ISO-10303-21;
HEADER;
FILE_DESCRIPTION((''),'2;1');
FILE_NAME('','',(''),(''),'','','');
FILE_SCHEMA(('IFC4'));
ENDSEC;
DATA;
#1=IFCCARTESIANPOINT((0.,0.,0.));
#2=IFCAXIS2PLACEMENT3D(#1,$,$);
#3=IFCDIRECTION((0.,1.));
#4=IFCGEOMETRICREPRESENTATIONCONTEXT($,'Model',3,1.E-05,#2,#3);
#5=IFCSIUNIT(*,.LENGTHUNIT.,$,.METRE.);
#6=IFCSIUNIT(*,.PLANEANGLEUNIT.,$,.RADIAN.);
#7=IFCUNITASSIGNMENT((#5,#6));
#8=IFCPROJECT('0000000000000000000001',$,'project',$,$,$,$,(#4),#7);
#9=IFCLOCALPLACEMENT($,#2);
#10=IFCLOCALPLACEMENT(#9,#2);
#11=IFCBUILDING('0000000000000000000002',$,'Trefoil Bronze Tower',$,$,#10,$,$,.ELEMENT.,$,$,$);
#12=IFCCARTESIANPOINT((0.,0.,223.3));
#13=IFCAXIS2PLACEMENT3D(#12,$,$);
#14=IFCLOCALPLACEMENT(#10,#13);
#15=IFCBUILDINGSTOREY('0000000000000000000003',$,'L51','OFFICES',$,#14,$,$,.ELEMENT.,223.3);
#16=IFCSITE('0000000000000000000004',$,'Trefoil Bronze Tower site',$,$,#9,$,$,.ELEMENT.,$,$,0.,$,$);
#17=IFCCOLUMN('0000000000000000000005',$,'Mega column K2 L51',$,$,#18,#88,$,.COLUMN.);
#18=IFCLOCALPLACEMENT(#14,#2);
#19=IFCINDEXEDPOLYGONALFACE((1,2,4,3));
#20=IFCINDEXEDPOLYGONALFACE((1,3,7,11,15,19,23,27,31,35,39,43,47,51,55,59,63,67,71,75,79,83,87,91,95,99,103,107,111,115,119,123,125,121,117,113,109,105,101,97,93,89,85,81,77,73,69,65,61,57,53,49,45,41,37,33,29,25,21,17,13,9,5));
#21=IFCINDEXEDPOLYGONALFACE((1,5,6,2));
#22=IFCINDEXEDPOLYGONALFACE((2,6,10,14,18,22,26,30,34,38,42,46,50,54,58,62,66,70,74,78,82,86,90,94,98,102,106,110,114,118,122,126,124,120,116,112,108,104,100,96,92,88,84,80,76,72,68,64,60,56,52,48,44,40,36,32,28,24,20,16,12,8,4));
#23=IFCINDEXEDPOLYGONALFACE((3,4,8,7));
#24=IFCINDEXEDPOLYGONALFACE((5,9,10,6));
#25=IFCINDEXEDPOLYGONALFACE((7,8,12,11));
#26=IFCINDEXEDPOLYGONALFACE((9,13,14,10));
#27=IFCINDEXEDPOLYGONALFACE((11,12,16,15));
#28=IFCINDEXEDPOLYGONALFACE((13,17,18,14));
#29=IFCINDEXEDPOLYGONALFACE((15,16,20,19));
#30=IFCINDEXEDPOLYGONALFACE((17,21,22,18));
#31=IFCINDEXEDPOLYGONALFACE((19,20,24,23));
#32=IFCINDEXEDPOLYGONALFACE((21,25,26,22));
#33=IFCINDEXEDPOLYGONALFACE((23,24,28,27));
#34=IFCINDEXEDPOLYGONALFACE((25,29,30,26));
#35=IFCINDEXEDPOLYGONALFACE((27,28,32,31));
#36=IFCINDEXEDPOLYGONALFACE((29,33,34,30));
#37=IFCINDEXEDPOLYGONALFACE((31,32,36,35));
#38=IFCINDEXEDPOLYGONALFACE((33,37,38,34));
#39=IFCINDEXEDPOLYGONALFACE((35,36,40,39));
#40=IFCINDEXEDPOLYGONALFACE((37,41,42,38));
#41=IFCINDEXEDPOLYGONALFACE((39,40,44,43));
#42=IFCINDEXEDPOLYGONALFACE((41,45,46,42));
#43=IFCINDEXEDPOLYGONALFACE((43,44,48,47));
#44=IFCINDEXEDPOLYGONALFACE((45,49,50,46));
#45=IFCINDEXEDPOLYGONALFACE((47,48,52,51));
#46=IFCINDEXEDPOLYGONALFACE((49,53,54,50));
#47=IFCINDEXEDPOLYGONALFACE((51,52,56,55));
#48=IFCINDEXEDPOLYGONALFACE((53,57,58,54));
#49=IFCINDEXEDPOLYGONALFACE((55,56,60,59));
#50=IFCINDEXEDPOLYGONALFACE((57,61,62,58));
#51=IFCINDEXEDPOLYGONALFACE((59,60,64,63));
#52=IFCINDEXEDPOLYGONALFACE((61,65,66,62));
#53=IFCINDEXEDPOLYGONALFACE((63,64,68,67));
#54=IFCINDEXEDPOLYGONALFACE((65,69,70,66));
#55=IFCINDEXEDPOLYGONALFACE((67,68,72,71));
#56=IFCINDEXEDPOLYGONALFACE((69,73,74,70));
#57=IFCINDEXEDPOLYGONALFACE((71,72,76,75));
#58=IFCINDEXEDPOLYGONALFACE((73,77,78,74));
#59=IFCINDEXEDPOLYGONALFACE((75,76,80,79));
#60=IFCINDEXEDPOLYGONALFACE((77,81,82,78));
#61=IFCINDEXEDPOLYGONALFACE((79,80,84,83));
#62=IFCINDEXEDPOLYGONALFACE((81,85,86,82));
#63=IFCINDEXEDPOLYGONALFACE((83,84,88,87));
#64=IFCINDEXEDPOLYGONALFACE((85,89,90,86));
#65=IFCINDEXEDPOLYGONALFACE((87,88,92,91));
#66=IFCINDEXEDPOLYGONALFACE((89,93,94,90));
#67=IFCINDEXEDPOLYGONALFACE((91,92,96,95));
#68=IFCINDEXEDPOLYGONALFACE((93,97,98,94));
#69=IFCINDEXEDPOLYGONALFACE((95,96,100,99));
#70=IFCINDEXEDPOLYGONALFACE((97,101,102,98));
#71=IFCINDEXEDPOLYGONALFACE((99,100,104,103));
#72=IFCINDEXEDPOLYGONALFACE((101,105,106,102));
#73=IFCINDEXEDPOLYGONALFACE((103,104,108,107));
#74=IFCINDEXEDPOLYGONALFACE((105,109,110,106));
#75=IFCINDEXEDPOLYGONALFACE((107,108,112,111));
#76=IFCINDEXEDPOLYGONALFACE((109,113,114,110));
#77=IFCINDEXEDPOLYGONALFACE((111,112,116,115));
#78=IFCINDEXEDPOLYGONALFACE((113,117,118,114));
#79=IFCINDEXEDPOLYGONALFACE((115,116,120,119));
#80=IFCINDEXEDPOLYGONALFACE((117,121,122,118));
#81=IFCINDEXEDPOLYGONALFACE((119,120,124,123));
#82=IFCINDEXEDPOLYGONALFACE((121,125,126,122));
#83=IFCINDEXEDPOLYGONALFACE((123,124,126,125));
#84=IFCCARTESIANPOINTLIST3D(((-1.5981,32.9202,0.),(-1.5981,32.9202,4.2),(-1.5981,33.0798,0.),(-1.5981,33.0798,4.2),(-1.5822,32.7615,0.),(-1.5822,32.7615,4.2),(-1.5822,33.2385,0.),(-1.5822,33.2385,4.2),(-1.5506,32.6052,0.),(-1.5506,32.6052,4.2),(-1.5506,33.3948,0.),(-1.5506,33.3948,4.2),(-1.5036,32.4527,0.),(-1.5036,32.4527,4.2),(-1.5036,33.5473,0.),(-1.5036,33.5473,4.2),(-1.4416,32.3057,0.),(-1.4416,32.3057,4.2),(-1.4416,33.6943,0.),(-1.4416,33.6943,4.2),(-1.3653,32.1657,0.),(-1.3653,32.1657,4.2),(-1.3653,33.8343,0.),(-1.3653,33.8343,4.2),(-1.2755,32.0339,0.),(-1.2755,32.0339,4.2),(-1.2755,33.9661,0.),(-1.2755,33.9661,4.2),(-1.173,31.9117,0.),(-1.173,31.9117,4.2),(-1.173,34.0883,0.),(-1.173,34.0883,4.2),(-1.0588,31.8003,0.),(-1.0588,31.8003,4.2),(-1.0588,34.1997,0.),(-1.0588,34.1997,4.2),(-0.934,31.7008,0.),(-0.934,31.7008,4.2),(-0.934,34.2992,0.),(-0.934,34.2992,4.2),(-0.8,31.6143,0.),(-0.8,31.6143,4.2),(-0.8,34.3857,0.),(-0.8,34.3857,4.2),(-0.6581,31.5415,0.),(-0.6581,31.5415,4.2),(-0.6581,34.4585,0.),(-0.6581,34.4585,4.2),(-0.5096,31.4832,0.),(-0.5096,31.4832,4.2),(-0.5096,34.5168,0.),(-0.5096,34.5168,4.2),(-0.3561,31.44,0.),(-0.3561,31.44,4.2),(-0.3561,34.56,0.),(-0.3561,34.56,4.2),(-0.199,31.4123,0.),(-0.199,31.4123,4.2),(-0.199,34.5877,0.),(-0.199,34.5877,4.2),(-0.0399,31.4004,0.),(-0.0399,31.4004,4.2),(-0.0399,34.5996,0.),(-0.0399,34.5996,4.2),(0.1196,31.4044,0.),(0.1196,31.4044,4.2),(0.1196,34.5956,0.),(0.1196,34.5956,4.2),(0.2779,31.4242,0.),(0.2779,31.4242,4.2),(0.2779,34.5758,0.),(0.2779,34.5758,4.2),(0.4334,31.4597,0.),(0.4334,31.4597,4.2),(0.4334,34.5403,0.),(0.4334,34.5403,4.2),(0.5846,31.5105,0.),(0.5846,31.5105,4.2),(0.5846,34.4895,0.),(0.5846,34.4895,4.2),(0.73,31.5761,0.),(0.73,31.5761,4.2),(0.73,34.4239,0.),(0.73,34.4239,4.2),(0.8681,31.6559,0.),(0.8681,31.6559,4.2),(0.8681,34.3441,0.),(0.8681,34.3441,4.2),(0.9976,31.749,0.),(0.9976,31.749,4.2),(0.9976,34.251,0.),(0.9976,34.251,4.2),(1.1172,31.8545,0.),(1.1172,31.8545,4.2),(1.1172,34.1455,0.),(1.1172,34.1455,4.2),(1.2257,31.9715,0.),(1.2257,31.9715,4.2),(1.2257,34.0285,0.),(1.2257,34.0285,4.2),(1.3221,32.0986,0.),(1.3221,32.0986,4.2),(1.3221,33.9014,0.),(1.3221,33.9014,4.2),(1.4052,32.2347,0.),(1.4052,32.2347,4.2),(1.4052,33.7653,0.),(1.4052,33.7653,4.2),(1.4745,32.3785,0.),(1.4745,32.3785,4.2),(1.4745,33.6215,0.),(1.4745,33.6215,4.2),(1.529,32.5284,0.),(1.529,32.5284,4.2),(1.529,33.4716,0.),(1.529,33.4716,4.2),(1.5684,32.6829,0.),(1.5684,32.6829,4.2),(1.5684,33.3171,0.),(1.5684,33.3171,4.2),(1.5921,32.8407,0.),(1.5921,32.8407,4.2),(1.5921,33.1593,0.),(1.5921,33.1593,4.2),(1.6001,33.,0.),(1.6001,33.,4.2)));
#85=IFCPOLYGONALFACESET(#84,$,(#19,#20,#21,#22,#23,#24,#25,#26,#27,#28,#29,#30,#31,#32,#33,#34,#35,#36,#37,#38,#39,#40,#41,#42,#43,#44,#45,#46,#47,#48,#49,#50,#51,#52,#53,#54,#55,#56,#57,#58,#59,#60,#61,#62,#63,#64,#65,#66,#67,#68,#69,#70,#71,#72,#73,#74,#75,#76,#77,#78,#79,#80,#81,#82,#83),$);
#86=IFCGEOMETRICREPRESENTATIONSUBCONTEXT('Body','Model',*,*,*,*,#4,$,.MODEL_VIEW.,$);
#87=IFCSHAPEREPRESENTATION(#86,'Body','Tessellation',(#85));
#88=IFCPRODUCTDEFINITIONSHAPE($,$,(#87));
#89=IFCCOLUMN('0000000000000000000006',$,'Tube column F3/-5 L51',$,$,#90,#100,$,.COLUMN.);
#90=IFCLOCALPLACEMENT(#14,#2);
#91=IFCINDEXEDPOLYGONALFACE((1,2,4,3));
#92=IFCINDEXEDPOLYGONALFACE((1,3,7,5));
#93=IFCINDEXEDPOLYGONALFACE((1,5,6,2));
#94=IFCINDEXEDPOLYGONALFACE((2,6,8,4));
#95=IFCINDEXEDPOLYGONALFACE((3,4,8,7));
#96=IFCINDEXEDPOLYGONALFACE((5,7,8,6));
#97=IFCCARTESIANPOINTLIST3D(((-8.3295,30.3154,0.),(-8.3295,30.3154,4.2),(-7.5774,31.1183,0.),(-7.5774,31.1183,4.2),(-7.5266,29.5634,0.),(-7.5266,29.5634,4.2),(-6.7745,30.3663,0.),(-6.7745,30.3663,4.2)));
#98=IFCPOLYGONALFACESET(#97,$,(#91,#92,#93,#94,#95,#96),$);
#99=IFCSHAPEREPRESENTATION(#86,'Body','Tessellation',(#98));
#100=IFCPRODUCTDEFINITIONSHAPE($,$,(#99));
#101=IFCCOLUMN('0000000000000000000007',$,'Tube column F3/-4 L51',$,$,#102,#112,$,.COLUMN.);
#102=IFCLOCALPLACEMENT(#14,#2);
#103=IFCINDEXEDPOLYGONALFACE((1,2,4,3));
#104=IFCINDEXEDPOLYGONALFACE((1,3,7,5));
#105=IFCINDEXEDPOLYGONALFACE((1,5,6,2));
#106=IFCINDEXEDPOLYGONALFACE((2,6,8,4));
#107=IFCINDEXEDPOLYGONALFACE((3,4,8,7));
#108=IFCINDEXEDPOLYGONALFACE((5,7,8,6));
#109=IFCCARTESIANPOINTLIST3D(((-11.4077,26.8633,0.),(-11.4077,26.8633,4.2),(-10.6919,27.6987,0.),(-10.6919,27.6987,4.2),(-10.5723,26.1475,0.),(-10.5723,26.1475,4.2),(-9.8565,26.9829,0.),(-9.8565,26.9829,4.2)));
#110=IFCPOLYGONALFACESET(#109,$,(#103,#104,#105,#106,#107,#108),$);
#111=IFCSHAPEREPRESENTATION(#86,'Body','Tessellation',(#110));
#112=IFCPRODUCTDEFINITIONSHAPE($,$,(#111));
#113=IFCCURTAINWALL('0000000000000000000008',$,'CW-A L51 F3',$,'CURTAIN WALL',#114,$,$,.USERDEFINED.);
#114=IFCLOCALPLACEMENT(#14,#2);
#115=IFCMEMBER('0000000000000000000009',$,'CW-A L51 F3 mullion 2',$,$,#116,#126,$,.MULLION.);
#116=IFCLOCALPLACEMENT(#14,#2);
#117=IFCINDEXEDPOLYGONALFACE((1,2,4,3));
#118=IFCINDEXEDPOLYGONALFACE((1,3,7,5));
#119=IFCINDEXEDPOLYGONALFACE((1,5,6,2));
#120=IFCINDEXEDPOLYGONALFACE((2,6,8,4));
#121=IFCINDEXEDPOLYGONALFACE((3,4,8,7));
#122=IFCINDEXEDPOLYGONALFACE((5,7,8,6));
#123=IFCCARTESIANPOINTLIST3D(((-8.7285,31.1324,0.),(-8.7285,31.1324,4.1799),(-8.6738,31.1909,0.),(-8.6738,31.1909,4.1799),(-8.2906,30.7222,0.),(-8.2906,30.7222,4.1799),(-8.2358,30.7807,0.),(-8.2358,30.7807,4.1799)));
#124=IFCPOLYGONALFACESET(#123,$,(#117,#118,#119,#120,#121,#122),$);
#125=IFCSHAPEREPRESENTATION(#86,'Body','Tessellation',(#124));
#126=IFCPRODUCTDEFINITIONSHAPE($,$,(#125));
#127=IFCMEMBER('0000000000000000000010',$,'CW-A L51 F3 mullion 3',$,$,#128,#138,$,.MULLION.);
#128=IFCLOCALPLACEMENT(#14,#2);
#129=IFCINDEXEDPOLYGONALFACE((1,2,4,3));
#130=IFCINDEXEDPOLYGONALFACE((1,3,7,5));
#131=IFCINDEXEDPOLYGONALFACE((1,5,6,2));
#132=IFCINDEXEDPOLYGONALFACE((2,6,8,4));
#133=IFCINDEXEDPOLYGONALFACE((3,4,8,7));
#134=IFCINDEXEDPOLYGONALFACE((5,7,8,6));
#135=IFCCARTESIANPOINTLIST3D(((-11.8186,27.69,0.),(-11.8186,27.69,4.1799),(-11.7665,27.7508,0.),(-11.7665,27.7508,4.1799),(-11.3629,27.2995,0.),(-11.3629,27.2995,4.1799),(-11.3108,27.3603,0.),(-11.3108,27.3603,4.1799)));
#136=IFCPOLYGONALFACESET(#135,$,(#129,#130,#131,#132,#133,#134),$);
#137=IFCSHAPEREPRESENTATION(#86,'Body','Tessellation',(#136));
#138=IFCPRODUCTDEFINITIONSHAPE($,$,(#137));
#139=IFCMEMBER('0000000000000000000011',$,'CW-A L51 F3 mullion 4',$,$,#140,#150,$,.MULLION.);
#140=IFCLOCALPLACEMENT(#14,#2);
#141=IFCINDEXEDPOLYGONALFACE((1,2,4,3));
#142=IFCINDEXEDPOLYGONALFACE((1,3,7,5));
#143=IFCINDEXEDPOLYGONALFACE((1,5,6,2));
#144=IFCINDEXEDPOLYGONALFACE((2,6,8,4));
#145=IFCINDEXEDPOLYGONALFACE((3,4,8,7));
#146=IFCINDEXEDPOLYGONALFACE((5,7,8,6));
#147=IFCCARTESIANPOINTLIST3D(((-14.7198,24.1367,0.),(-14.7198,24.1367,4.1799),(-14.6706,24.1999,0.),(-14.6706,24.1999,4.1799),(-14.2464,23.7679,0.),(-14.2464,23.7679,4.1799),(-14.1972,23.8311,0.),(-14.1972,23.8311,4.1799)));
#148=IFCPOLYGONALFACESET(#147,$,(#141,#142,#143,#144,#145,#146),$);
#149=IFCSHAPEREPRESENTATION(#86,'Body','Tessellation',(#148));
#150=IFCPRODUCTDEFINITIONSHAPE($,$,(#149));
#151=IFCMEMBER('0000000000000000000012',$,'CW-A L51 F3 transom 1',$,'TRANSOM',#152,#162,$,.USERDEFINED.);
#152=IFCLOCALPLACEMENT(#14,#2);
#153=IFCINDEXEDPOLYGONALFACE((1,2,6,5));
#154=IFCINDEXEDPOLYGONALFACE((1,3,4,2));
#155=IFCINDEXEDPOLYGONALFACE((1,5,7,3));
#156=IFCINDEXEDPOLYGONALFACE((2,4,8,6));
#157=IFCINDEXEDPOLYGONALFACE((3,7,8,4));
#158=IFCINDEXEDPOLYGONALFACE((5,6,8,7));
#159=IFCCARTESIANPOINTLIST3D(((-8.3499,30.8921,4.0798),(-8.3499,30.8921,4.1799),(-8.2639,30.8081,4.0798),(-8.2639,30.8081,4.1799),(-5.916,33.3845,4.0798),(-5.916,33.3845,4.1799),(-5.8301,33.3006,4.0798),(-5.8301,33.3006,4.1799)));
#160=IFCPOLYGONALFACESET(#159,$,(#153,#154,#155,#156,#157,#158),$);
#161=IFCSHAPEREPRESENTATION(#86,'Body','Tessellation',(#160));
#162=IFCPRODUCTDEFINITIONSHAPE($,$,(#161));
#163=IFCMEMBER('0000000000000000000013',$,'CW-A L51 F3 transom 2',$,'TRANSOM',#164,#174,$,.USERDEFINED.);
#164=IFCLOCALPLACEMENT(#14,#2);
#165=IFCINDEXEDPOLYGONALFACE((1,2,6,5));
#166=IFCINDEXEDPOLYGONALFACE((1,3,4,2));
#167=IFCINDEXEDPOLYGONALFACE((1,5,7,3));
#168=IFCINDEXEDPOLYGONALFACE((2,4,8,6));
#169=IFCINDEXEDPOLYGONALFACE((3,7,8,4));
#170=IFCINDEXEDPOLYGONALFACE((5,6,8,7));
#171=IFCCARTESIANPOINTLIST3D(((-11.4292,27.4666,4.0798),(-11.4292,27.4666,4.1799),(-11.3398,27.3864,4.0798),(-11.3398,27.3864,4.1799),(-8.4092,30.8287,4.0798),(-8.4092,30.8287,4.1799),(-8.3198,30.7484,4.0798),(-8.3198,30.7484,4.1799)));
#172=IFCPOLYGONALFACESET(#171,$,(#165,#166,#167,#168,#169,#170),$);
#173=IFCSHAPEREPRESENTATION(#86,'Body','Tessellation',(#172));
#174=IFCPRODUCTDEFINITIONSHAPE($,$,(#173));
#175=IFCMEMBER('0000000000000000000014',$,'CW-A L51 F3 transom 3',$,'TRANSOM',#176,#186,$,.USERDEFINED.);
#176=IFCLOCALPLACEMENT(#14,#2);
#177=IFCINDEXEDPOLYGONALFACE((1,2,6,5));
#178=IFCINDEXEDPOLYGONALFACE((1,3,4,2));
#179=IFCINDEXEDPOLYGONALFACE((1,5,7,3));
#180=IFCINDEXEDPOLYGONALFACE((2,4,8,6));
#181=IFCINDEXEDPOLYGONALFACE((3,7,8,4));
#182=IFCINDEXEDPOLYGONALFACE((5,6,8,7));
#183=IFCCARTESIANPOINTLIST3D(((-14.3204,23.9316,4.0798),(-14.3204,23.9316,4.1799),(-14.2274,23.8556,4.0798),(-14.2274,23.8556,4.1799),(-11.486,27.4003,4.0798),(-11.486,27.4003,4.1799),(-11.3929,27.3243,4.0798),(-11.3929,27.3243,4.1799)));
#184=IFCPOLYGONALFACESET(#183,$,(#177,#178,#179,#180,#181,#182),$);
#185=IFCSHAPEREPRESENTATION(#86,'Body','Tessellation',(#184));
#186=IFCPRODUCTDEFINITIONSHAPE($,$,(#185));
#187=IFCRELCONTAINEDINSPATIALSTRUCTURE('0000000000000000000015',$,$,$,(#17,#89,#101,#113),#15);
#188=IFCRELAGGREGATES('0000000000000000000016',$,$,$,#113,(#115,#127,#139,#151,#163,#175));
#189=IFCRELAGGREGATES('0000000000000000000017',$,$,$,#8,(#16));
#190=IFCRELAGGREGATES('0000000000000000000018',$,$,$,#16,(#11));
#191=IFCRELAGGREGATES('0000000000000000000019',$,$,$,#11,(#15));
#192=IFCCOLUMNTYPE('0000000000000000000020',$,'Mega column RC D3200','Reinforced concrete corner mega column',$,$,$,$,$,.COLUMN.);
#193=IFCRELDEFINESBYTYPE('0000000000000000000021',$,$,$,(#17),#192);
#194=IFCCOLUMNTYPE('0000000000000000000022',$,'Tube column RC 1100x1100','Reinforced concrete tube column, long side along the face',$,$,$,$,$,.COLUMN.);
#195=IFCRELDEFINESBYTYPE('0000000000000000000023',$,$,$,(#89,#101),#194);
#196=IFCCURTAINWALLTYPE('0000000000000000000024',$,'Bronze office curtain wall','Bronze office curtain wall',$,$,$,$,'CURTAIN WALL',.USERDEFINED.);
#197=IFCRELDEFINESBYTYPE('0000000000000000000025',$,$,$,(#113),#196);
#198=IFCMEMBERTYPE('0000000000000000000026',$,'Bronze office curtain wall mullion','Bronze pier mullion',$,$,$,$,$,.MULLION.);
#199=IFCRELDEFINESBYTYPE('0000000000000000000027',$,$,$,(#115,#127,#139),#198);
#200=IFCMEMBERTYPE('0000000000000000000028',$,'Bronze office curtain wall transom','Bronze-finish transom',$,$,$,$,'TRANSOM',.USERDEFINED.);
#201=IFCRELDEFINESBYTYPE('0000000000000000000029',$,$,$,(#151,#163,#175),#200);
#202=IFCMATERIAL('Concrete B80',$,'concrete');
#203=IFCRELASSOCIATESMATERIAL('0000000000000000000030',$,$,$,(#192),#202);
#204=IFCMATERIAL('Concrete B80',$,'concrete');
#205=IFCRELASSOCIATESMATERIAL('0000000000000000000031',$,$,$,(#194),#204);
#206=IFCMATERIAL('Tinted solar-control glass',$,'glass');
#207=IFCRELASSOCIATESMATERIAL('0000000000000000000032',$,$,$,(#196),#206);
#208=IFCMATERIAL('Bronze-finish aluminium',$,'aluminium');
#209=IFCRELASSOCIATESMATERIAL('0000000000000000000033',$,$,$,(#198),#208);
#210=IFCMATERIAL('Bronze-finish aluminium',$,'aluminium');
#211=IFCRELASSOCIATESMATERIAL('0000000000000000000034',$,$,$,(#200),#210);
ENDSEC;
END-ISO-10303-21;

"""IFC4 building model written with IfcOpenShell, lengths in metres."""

from ifc_helpers import new_model, si_unit, direction, frame, origin, origin_2d, place, context, subcontext, project, spatial, rectangle, circle, extrude, material, material_profile, profile_set, type_object, element, aggregate, save


model = new_model("IFC4")

# Units and contexts
model_context = context("Model", 3, precision=1e-05, world=origin(), true_north=direction((0.0, 1.0)))
body_context = subcontext(model_context, "Body", "Model", "MODEL_VIEW")
ifc_project = project(units=[si_unit("LENGTHUNIT", "METRE"), si_unit("PLANEANGLEUNIT", "RADIAN")], contexts=[model_context])

# Site, building, storey
site_placement = place(None, origin())
site = spatial("IfcSite", under=ifc_project, at=site_placement, Name="Trefoil Bronze Tower site", CompositionType="ELEMENT", RefElevation=0.0)
building_placement = place(site_placement, origin())
building = spatial("IfcBuilding", under=site, at=building_placement, Name="Trefoil Bronze Tower", CompositionType="ELEMENT")
storey_placement = place(building_placement, frame((0.0, 0.0, 223.3)))
storey = spatial("IfcBuildingStorey", under=building, at=storey_placement, Name="L51", Description="OFFICES", CompositionType="ELEMENT", Elevation=223.3)

# Columns
ifc_material_1 = material(Name="Concrete B80", Category="concrete")
ifc_material_profile_1 = material_profile(ifc_material_1, circle(Radius=1.6001, at=origin_2d()), Name="RC D3200")
ifc_profile_set_1 = profile_set([ifc_material_profile_1], Name="Concrete B80")
column_type_1 = type_object("IfcColumnType", Name="Mega column RC D3200", Description="Reinforced concrete corner mega column", PredefinedType="COLUMN", material=ifc_profile_set_1)
column_placement = place(storey_placement, frame((0.0, 33.0, 0.0), z_axis=(0.0, 0.0, 1.0), x_axis=(1.0, 0.0, 0.0)))
element("IfcColumn", 1, at=column_placement, inside=storey, type_object=column_type_1, Name="Mega column K2 L51", PredefinedType="COLUMN", context=body_context, shape_type="SweptSolid", body=[
    extrude(circle(Radius=1.6001, at=origin_2d()), origin(), (0.0, 0.0, 1.0), 4.2),
])
ifc_material_2 = material(Name="Concrete B80", Category="concrete")
ifc_material_profile_2 = material_profile(ifc_material_2, rectangle(XDim=1.1001, YDim=1.1001, at=origin_2d()), Name="RC 1100x1100")
ifc_profile_set_2 = profile_set([ifc_material_profile_2], Name="Concrete B80")
column_type_2 = type_object("IfcColumnType", Name="Tube column RC 1100x1100", Description="Reinforced concrete tube column, long side along the face", PredefinedType="COLUMN", material=ifc_profile_set_2)
for number, where, z_axis, x_axis, name in (
    (2, (-7.552, 30.3408, 0.0), (0.0, 0.0, 1.0), (-0.683597, -0.72986, 0.0), "Tube column F3/-5 L51"),
    (3, (-10.6321, 26.9231, 0.0), (0.0, 0.0, 1.0), (-0.650677, -0.759355, 0.0), "Tube column F3/-4 L51"),
):
    element("IfcColumn", number, at=place(storey_placement, frame(where, z_axis=z_axis, x_axis=x_axis)), inside=storey, type_object=column_type_2, Name=name, PredefinedType="COLUMN", context=body_context, shape_type="SweptSolid", body=[
        extrude(rectangle(XDim=1.1001, YDim=1.1001, at=origin_2d()), origin(), (0.0, 0.0, 1.0), 4.2),
    ])

# Curtain wall, members
ifc_material_3 = material(Name="Tinted solar-control glass", Category="glass")
curtain_wall_type_1 = type_object("IfcCurtainWallType", Name="Bronze office curtain wall", Description="Bronze office curtain wall", ElementType="CURTAIN WALL", PredefinedType="USERDEFINED", material=ifc_material_3)
curtain_wall_1_placement = place(storey_placement, origin())
curtain_wall_1 = element("IfcCurtainWall", 4, at=curtain_wall_1_placement, inside=storey, type_object=curtain_wall_type_1, Name="CW-A L51 F3", ObjectType="CURTAIN WALL", PredefinedType="USERDEFINED")
ifc_material_4 = material(Name="Bronze-finish aluminium", Category="aluminium")
ifc_material_profile_3 = material_profile(ifc_material_4, rectangle(XDim=0.6001, YDim=0.0801, at=origin_2d()), Name="CW-A mullion")
ifc_profile_set_3 = profile_set([ifc_material_profile_3], Name="Bronze-finish aluminium")
member_type_1 = type_object("IfcMemberType", Name="Bronze office curtain wall mullion", Description="Bronze pier mullion", PredefinedType="MULLION", material=ifc_profile_set_3)
member_1_placement = place(storey_placement, frame((-8.4822, 30.9565, 0.0), z_axis=(0.0, 0.0, 1.0), x_axis=(0.72986, -0.683597, 0.0)))
member_1 = element("IfcMember", 5, at=member_1_placement, type_object=member_type_1, Name="CW-A L51 F3 mullion 2", PredefinedType="MULLION", context=body_context, shape_type="SweptSolid", body=[
    extrude(rectangle(XDim=0.6001, YDim=0.0801, at=origin_2d()), origin(), (0.0, 0.0, 1.0), 4.1799),
])
member_2_placement = place(storey_placement, frame((-11.5647, 27.5251, 0.0), z_axis=(0.0, 0.0, 1.0), x_axis=(0.759355, -0.650677, 0.0)))
member_2 = element("IfcMember", 6, at=member_2_placement, type_object=member_type_1, Name="CW-A L51 F3 mullion 3", PredefinedType="MULLION", context=body_context, shape_type="SweptSolid", body=[
    extrude(rectangle(XDim=0.6001, YDim=0.0801, at=origin_2d()), origin(), (0.0, 0.0, 1.0), 4.1799),
])
member_3_placement = place(storey_placement, frame((-14.4585, 23.9839, 0.0), z_axis=(0.0, 0.0, 1.0), x_axis=(0.788821, -0.614622, 0.0)))
member_3 = element("IfcMember", 7, at=member_3_placement, type_object=member_type_1, Name="CW-A L51 F3 mullion 4", PredefinedType="MULLION", context=body_context, shape_type="SweptSolid", body=[
    extrude(rectangle(XDim=0.6001, YDim=0.0801, at=origin_2d()), origin(), (0.0, 0.0, 1.0), 4.1799),
])
ifc_material_5 = material(Name="Bronze-finish aluminium", Category="aluminium")
ifc_material_profile_4 = material_profile(ifc_material_5, rectangle(XDim=0.1201, YDim=0.1001, at=origin_2d()), Name="CW-A transom")
ifc_profile_set_4 = profile_set([ifc_material_profile_4], Name="Bronze-finish aluminium")
member_type_2 = type_object("IfcMemberType", Name="Bronze office curtain wall transom", Description="Bronze-finish transom", ElementType="TRANSOM", PredefinedType="USERDEFINED", material=ifc_profile_set_4)
member_4_placement = place(storey_placement, frame((-5.873, 33.3425, 4.1299), z_axis=(-0.698647, -0.715467, 0.0), x_axis=(0.715467, -0.698647, 0.0)))
member_4 = element("IfcMember", 8, at=member_4_placement, type_object=member_type_2, Name="CW-A L51 F3 transom 1", ObjectType="TRANSOM", PredefinedType="USERDEFINED", context=body_context, shape_type="SweptSolid", body=[
    extrude(rectangle(XDim=0.1201, YDim=0.1001, at=origin_2d()), origin(), (0.0, 0.0, 1.0), 3.4836),
])
member_5_placement = place(storey_placement, frame((-8.3645, 30.7886, 4.1299), z_axis=(-0.668251, -0.743936, 0.0), x_axis=(0.743936, -0.668251, 0.0)))
member_5 = element("IfcMember", 9, at=member_5_placement, type_object=member_type_2, Name="CW-A L51 F3 transom 2", ObjectType="TRANSOM", PredefinedType="USERDEFINED", context=body_context, shape_type="SweptSolid", body=[
    extrude(rectangle(XDim=0.1201, YDim=0.1001, at=origin_2d()), origin(), (0.0, 0.0, 1.0), 4.5193),
])
member_6_placement = place(storey_placement, frame((-11.4395, 27.3623, 4.1299), z_axis=(-0.632757, -0.774351, 0.0), x_axis=(0.774351, -0.632757, 0.0)))
member_6 = element("IfcMember", 10, at=member_6_placement, type_object=member_type_2, Name="CW-A L51 F3 transom 3", ObjectType="TRANSOM", PredefinedType="USERDEFINED", context=body_context, shape_type="SweptSolid", body=[
    extrude(rectangle(XDim=0.1201, YDim=0.1001, at=origin_2d()), origin(), (0.0, 0.0, 1.0), 4.4795),
])

aggregate(curtain_wall_1, [member_1, member_2, member_3, member_4, member_5, member_6])

save(model, "model.ifc")
